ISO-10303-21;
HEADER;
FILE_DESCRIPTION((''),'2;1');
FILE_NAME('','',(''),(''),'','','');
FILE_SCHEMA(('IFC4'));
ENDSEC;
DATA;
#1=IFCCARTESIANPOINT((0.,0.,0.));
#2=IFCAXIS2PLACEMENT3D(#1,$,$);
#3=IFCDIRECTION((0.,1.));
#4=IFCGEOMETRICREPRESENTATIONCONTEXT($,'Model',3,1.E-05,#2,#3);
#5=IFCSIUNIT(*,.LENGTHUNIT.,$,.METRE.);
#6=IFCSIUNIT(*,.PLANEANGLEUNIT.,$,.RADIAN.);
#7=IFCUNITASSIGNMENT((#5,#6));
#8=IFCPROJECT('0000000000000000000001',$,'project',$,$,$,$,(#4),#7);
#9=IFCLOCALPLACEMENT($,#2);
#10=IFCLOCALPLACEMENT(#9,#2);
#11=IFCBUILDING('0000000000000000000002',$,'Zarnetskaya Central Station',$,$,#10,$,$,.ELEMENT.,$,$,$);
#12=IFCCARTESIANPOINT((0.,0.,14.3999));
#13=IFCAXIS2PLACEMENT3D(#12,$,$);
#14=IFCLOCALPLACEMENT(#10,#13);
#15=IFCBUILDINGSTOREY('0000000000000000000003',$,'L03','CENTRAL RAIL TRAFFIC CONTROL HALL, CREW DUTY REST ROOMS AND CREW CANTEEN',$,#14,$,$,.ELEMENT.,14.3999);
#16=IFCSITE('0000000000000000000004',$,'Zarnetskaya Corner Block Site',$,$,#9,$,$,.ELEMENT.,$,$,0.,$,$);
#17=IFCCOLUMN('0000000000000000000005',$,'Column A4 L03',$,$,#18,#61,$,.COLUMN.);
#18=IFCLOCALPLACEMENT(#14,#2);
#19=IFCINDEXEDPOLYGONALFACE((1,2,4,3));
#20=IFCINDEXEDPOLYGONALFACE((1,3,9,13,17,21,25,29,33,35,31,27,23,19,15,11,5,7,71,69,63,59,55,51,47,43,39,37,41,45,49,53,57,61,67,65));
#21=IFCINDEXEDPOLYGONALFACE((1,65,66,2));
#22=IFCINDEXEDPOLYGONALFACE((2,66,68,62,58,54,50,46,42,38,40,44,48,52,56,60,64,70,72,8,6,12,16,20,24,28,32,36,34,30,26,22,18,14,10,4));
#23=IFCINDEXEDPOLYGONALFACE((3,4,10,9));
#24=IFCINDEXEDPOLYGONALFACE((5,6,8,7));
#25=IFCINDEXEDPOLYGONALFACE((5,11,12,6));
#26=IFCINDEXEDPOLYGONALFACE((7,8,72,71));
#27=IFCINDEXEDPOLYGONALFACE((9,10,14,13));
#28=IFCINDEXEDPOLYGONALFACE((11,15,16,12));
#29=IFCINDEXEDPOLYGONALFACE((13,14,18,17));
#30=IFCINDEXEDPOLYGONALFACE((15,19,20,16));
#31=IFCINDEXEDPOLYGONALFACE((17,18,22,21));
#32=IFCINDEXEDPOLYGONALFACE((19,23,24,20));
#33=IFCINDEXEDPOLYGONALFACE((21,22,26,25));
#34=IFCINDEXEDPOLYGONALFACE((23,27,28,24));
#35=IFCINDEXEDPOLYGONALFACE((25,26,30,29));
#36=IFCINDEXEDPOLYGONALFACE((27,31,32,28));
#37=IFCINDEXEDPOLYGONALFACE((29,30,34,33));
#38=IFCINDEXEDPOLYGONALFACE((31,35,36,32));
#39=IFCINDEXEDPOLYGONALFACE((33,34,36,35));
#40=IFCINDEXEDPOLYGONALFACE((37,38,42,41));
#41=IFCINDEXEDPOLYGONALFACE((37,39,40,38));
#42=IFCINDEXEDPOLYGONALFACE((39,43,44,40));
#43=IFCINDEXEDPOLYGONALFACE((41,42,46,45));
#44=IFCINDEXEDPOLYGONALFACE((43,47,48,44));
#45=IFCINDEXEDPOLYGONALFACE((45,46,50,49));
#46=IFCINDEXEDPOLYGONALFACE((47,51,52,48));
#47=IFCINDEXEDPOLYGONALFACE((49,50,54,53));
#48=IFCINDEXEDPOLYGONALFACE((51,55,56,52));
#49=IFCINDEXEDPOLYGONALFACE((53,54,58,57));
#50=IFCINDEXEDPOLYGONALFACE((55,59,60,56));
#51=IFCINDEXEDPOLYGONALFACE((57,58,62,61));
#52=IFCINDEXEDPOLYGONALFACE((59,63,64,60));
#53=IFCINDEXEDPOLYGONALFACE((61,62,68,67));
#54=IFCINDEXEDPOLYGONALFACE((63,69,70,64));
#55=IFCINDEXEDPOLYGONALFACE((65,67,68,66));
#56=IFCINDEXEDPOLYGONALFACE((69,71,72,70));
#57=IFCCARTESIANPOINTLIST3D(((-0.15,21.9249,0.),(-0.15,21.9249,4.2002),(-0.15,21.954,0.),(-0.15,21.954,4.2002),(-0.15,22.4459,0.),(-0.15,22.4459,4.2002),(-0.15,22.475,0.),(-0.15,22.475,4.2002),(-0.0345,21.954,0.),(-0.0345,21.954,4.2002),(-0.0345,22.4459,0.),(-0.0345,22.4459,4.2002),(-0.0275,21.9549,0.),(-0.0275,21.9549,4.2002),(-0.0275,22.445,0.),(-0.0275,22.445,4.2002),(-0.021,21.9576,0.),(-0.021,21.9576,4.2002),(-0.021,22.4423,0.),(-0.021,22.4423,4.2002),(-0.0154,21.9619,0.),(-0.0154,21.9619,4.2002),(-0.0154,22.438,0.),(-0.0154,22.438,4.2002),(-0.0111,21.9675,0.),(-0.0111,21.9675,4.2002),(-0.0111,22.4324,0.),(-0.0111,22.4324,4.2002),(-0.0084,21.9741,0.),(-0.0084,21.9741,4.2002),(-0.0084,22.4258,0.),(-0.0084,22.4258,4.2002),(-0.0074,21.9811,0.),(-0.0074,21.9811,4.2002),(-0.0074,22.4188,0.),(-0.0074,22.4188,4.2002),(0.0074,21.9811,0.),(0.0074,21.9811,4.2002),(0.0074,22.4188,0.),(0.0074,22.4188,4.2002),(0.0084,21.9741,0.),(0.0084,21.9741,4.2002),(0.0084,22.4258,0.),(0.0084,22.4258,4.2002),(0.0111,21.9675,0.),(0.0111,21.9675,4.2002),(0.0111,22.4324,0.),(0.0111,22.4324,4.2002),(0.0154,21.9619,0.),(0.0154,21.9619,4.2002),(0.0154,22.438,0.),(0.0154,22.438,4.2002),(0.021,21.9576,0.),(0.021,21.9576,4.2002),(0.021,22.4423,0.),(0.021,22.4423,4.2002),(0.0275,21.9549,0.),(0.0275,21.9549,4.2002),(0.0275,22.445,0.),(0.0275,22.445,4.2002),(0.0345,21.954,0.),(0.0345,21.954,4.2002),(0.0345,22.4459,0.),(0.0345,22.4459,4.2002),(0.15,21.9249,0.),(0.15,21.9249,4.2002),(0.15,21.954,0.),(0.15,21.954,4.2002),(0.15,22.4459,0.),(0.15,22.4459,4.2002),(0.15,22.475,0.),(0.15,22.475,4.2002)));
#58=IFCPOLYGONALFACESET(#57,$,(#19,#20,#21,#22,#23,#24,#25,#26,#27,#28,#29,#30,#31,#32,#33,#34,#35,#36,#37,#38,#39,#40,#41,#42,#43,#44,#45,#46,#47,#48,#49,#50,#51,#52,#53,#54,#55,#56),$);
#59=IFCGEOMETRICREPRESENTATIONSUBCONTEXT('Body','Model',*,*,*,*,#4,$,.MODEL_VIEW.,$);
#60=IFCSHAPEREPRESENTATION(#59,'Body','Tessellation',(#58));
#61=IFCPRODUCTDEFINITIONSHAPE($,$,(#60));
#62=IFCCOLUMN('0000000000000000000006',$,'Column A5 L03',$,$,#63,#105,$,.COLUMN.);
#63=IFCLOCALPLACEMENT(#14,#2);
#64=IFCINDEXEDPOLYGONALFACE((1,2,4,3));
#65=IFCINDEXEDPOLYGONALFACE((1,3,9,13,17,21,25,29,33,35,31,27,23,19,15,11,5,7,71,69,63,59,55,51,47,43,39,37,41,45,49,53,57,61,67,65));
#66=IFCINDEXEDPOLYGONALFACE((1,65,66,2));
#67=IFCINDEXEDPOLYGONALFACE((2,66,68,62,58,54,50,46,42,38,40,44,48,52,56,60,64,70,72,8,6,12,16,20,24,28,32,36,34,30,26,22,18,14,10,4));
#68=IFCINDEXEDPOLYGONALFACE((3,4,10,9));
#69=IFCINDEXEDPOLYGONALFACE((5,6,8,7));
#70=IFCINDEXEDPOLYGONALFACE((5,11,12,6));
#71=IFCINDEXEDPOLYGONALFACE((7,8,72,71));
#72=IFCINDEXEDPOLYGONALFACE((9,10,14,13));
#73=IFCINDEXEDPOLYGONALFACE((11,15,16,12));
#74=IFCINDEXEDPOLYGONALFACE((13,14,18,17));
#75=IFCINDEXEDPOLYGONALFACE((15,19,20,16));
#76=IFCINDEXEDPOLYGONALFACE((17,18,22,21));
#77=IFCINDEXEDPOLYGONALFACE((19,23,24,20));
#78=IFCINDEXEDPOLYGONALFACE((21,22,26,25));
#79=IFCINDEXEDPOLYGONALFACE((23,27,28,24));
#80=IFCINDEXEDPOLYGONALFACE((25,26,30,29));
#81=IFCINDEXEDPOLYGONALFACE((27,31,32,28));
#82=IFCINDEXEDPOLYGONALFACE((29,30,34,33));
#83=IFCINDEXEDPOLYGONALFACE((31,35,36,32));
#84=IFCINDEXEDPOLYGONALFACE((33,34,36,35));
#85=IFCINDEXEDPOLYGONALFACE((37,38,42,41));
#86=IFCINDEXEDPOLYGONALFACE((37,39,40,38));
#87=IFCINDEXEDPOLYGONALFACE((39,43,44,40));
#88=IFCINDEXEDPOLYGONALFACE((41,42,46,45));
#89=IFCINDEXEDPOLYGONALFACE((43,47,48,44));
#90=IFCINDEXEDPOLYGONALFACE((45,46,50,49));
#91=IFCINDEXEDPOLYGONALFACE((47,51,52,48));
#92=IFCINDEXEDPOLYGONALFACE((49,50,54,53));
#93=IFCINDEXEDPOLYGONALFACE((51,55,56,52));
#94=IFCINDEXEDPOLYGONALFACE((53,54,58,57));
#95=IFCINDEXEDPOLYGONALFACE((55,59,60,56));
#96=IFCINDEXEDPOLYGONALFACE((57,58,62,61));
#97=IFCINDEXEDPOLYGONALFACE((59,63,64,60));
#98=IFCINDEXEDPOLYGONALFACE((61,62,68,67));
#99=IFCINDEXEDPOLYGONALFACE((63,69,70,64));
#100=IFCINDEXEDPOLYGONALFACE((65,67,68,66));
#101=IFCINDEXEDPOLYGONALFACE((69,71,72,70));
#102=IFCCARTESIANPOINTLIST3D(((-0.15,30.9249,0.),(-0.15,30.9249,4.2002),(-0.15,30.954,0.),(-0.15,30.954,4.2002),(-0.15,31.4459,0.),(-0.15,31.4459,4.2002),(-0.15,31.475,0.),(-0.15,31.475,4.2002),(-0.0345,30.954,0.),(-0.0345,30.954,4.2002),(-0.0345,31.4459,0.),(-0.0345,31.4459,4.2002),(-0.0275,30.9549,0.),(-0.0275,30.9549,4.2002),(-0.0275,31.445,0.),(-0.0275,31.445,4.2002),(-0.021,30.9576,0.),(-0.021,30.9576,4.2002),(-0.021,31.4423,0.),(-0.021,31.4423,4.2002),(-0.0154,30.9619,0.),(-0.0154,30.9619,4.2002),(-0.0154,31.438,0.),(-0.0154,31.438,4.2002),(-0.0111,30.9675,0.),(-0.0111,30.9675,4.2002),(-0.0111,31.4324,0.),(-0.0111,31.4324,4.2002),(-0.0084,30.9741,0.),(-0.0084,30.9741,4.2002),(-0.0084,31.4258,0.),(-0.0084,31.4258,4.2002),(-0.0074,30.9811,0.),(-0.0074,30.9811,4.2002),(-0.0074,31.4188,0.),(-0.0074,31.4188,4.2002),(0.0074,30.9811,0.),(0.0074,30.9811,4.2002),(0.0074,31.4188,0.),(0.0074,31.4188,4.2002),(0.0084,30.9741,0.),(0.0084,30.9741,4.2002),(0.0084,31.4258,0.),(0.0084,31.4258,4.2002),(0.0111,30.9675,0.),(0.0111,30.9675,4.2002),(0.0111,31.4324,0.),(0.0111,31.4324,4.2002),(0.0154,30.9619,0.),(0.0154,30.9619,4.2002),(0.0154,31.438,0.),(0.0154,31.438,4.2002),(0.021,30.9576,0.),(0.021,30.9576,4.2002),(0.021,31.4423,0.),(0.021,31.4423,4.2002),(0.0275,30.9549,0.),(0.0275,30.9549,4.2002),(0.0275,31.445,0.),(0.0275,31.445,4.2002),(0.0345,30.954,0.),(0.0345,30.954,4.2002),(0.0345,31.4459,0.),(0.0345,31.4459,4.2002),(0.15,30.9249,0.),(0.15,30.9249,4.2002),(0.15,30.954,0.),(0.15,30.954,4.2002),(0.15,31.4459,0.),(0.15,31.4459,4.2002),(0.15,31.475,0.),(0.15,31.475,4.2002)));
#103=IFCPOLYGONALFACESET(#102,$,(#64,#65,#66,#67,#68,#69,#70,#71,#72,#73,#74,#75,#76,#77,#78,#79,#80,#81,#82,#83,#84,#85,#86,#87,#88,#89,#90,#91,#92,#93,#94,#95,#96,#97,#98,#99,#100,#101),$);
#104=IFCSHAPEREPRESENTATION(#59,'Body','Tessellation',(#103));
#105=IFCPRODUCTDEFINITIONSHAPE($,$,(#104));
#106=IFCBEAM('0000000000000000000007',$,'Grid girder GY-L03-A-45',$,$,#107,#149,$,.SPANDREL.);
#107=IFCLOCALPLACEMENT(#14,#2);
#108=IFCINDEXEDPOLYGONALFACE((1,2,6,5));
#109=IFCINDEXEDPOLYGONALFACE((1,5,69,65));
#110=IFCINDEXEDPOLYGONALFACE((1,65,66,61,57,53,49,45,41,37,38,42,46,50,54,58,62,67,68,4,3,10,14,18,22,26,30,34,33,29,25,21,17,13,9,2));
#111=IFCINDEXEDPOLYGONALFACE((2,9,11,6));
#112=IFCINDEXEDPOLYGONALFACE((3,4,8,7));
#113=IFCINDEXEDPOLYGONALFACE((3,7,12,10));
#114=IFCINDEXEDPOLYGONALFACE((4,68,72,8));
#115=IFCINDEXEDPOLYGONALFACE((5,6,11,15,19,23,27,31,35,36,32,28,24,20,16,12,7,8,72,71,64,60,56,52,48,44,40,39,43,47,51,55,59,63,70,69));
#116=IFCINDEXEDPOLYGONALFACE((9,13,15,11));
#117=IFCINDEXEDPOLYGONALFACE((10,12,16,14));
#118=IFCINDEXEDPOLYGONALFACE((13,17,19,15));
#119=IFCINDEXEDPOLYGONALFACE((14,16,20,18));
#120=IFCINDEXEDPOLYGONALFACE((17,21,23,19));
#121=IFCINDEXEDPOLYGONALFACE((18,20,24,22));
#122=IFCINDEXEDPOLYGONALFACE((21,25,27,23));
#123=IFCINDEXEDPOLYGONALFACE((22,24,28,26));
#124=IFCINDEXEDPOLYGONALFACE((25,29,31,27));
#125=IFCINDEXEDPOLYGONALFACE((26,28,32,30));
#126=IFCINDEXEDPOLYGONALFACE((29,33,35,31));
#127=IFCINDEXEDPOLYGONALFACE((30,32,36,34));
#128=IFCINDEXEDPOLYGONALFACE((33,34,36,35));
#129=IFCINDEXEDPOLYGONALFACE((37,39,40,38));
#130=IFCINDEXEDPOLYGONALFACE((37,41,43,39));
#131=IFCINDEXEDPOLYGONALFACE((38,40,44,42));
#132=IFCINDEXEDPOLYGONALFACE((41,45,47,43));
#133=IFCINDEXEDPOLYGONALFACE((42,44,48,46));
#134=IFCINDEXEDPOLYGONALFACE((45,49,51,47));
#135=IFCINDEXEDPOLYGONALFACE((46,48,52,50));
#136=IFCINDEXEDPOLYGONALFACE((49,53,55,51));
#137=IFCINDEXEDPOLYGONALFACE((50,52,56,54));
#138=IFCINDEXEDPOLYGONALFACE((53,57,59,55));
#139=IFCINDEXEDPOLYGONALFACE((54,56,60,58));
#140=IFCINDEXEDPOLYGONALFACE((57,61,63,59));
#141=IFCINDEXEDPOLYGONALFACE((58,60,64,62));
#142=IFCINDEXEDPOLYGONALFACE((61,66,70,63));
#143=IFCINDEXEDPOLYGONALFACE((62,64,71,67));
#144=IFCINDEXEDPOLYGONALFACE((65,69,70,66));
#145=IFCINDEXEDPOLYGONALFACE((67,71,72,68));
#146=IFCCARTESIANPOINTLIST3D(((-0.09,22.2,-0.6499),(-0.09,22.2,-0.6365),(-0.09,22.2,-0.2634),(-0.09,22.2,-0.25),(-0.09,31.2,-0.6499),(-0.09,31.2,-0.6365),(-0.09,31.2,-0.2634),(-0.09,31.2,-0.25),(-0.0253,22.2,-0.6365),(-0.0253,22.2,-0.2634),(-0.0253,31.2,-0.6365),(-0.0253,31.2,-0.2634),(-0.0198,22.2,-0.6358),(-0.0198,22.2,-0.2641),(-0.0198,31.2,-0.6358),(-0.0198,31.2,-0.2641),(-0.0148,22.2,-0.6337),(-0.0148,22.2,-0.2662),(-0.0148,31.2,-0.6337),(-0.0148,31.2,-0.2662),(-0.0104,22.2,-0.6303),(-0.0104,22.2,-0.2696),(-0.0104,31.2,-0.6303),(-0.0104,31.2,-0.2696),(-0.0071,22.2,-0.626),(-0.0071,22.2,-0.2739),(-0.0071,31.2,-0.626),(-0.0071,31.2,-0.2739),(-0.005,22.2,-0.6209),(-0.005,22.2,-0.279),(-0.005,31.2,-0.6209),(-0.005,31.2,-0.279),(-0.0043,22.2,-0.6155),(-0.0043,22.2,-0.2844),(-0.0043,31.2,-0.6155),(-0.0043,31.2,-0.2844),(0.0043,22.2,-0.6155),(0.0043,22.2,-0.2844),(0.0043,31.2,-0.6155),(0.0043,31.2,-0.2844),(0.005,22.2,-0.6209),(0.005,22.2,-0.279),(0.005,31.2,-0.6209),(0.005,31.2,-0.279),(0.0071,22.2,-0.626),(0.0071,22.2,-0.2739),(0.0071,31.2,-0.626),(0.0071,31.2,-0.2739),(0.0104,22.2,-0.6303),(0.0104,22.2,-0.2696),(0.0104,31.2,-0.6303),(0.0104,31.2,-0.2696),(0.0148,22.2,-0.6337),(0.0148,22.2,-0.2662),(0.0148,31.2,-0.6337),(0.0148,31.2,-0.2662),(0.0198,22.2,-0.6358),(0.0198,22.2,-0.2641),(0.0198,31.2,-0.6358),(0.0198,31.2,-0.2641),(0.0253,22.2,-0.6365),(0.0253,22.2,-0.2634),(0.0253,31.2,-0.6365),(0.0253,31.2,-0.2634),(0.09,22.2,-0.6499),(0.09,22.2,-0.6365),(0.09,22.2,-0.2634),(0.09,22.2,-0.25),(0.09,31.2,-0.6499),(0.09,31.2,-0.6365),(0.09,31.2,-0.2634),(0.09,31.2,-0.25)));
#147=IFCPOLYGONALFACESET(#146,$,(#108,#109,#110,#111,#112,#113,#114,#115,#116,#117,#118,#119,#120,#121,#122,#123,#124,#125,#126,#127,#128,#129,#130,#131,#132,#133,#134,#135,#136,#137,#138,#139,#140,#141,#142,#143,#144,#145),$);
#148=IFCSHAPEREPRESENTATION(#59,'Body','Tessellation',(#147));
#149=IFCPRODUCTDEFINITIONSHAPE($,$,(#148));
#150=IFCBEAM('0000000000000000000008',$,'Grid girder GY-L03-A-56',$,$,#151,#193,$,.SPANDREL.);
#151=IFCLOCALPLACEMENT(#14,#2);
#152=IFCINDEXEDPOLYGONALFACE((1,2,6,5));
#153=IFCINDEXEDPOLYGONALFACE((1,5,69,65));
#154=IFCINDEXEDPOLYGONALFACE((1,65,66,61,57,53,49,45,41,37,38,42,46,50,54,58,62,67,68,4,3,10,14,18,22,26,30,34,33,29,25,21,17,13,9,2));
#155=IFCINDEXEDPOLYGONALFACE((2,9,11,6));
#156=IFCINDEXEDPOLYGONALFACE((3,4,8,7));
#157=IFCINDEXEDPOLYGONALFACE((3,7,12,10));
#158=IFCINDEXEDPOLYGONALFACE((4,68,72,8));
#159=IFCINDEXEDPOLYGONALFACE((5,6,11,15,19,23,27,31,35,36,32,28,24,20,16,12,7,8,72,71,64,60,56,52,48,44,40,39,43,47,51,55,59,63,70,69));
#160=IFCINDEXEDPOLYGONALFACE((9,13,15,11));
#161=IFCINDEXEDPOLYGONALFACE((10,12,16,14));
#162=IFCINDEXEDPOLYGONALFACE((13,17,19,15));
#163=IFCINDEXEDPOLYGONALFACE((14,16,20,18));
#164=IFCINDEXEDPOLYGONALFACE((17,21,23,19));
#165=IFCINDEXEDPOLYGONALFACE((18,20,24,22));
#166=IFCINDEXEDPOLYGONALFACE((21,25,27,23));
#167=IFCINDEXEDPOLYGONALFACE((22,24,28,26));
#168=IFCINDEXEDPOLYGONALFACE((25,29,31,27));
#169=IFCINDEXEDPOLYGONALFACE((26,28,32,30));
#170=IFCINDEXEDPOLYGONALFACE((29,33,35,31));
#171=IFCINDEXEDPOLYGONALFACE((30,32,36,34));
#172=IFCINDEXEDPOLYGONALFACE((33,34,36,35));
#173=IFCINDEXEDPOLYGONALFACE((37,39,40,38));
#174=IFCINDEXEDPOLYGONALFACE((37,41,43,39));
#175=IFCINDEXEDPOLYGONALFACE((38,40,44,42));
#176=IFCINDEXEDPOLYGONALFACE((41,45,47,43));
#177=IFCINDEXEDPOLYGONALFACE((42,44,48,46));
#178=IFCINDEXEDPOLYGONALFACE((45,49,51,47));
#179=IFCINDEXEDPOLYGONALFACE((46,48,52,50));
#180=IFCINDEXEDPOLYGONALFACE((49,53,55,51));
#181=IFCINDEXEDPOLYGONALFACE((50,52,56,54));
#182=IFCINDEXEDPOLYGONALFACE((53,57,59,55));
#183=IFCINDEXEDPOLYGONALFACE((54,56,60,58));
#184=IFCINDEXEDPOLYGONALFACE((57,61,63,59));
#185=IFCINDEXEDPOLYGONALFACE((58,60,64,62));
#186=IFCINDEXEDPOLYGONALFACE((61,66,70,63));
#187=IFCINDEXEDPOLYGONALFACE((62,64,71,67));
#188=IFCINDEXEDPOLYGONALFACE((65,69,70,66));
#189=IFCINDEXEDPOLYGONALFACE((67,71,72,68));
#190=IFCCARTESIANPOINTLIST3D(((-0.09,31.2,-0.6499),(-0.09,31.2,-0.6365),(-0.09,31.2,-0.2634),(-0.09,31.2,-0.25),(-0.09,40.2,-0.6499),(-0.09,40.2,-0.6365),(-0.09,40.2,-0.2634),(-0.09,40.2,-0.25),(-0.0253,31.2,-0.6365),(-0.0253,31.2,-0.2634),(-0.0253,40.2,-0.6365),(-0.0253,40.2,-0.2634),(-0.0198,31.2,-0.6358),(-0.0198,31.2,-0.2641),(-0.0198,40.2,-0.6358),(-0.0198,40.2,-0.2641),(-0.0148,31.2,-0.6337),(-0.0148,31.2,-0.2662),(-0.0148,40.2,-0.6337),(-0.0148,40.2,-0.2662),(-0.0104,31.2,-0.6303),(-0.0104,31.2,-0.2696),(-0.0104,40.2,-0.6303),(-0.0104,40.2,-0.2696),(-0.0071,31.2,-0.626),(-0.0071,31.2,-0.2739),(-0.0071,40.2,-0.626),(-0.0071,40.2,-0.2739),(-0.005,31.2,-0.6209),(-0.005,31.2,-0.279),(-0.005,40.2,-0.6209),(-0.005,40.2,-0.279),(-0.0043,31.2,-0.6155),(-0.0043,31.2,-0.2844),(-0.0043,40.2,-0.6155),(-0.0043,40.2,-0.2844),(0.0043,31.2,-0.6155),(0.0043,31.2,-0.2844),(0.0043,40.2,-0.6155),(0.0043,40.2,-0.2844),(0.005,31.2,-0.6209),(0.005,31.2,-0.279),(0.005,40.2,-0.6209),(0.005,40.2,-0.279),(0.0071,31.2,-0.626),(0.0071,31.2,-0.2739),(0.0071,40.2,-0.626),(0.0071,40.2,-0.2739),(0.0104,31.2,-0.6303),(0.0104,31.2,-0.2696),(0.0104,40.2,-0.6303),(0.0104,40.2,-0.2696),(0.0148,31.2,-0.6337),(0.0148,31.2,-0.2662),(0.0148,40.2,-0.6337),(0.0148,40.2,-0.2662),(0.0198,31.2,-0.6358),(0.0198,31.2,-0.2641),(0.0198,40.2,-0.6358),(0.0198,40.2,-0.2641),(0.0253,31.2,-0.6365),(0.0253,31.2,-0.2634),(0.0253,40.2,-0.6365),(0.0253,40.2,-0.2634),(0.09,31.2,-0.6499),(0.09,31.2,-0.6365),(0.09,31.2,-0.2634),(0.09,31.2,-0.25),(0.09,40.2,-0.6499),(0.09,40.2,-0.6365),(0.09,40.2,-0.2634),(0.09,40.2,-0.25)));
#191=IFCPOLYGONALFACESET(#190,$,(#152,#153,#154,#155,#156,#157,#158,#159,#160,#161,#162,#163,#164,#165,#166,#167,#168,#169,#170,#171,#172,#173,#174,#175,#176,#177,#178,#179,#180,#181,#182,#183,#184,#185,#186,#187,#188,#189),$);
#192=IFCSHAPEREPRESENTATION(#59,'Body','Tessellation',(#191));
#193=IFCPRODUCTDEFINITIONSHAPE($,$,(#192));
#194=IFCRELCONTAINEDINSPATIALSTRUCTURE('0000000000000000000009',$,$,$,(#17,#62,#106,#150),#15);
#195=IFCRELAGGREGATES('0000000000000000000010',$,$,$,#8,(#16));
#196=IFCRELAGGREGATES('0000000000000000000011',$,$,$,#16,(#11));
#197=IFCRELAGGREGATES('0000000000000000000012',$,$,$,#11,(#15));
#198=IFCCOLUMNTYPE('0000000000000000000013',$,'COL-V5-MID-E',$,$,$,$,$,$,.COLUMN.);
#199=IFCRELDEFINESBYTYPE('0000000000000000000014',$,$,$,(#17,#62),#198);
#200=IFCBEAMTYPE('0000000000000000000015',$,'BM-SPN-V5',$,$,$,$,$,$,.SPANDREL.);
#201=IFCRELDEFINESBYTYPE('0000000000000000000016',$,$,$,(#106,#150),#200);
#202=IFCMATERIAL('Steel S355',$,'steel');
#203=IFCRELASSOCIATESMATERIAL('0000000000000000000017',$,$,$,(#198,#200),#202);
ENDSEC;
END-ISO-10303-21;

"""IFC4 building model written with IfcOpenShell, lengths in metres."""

from ifc_helpers import new_model, si_unit, direction, frame, origin, origin_2d, place, context, subcontext, project, spatial, i_section, extrude, material, material_profile, profile_set, type_object, element, save


model = new_model("IFC4")

# Units and contexts
model_context = context("Model", 3, precision=1e-05, world=origin(), true_north=direction((0.0, 1.0)))
body_context = subcontext(model_context, "Body", "Model", "MODEL_VIEW")
ifc_project = project(units=[si_unit("LENGTHUNIT", "METRE"), si_unit("PLANEANGLEUNIT", "RADIAN")], contexts=[model_context])

# Site, building, storey
site_placement = place(None, origin())
site = spatial("IfcSite", under=ifc_project, at=site_placement, Name="Zarnetskaya Corner Block Site", CompositionType="ELEMENT", RefElevation=0.0)
building_placement = place(site_placement, origin())
building = spatial("IfcBuilding", under=site, at=building_placement, Name="Zarnetskaya Central Station", CompositionType="ELEMENT")
storey_placement = place(building_placement, frame((0.0, 0.0, 14.3999)))
storey = spatial("IfcBuildingStorey", under=building, at=storey_placement, Name="L03", Description="CENTRAL RAIL TRAFFIC CONTROL HALL, CREW DUTY REST ROOMS AND CREW CANTEEN", CompositionType="ELEMENT", Elevation=14.3999)

# Columns
ifc_material_1 = material(Name="Steel S355", Category="steel")
ifc_material_profile_1 = material_profile(ifc_material_1, i_section(OverallWidth=0.3, OverallDepth=0.55, WebThickness=0.0149, FlangeThickness=0.0291, FilletRadius=0.0271, at=origin_2d()), Name="HEB 550")
ifc_profile_set_1 = profile_set([ifc_material_profile_1], Name="Steel S355")
column_type = type_object("IfcColumnType", Name="COL-V5-MID-E", PredefinedType="COLUMN", material=ifc_profile_set_1)
for number, where, z_axis, x_axis, name in (
    (1, (0.0, 22.2, 0.0), (0.0, 0.0, 1.0), (1.0, 0.0, 0.0), "Column A4 L03"),
    (2, (0.0, 31.2, 0.0), (0.0, 0.0, 1.0), (1.0, 0.0, 0.0), "Column A5 L03"),
):
    element("IfcColumn", number, at=place(storey_placement, frame(where, z_axis=z_axis, x_axis=x_axis)), inside=storey, type_object=column_type, Name=name, PredefinedType="COLUMN", context=body_context, shape_type="SweptSolid", body=[
        extrude(i_section(OverallWidth=0.3, OverallDepth=0.55, WebThickness=0.0149, FlangeThickness=0.0291, FilletRadius=0.0271, at=origin_2d()), origin(), (0.0, 0.0, 1.0), 4.2002),
    ])

# Beams
ifc_material_profile_2 = material_profile(ifc_material_1, i_section(OverallWidth=0.1799, OverallDepth=0.3999, WebThickness=0.0085, FlangeThickness=0.0134, FilletRadius=0.021, at=origin_2d()), Name="IPE 400")
ifc_profile_set_2 = profile_set([ifc_material_profile_2], Name="Steel S355")
beam_type_1 = type_object("IfcBeamType", Name="BM-SPN-V5", PredefinedType="SPANDREL", material=ifc_profile_set_2)
for number, where, z_axis, x_axis, name in (
    (3, (0.0, 22.2, -0.45), (0.0, 1.0, 0.0), (-1.0, 0.0, 0.0), "Grid girder GY-L03-A-45"),
    (4, (0.0, 31.2, -0.45), (0.0, 1.0, 0.0), (-1.0, 0.0, 0.0), "Grid girder GY-L03-A-56"),
):
    element("IfcBeam", number, at=place(storey_placement, frame(where, z_axis=z_axis, x_axis=x_axis)), inside=storey, type_object=beam_type_1, Name=name, PredefinedType="SPANDREL", context=body_context, shape_type="SweptSolid", body=[
        extrude(i_section(OverallWidth=0.1799, OverallDepth=0.3999, WebThickness=0.0085, FlangeThickness=0.0134, FilletRadius=0.021, at=origin_2d()), origin(), (0.0, 0.0, 1.0), 9.0),
    ])

save(model, "model.ifc")
